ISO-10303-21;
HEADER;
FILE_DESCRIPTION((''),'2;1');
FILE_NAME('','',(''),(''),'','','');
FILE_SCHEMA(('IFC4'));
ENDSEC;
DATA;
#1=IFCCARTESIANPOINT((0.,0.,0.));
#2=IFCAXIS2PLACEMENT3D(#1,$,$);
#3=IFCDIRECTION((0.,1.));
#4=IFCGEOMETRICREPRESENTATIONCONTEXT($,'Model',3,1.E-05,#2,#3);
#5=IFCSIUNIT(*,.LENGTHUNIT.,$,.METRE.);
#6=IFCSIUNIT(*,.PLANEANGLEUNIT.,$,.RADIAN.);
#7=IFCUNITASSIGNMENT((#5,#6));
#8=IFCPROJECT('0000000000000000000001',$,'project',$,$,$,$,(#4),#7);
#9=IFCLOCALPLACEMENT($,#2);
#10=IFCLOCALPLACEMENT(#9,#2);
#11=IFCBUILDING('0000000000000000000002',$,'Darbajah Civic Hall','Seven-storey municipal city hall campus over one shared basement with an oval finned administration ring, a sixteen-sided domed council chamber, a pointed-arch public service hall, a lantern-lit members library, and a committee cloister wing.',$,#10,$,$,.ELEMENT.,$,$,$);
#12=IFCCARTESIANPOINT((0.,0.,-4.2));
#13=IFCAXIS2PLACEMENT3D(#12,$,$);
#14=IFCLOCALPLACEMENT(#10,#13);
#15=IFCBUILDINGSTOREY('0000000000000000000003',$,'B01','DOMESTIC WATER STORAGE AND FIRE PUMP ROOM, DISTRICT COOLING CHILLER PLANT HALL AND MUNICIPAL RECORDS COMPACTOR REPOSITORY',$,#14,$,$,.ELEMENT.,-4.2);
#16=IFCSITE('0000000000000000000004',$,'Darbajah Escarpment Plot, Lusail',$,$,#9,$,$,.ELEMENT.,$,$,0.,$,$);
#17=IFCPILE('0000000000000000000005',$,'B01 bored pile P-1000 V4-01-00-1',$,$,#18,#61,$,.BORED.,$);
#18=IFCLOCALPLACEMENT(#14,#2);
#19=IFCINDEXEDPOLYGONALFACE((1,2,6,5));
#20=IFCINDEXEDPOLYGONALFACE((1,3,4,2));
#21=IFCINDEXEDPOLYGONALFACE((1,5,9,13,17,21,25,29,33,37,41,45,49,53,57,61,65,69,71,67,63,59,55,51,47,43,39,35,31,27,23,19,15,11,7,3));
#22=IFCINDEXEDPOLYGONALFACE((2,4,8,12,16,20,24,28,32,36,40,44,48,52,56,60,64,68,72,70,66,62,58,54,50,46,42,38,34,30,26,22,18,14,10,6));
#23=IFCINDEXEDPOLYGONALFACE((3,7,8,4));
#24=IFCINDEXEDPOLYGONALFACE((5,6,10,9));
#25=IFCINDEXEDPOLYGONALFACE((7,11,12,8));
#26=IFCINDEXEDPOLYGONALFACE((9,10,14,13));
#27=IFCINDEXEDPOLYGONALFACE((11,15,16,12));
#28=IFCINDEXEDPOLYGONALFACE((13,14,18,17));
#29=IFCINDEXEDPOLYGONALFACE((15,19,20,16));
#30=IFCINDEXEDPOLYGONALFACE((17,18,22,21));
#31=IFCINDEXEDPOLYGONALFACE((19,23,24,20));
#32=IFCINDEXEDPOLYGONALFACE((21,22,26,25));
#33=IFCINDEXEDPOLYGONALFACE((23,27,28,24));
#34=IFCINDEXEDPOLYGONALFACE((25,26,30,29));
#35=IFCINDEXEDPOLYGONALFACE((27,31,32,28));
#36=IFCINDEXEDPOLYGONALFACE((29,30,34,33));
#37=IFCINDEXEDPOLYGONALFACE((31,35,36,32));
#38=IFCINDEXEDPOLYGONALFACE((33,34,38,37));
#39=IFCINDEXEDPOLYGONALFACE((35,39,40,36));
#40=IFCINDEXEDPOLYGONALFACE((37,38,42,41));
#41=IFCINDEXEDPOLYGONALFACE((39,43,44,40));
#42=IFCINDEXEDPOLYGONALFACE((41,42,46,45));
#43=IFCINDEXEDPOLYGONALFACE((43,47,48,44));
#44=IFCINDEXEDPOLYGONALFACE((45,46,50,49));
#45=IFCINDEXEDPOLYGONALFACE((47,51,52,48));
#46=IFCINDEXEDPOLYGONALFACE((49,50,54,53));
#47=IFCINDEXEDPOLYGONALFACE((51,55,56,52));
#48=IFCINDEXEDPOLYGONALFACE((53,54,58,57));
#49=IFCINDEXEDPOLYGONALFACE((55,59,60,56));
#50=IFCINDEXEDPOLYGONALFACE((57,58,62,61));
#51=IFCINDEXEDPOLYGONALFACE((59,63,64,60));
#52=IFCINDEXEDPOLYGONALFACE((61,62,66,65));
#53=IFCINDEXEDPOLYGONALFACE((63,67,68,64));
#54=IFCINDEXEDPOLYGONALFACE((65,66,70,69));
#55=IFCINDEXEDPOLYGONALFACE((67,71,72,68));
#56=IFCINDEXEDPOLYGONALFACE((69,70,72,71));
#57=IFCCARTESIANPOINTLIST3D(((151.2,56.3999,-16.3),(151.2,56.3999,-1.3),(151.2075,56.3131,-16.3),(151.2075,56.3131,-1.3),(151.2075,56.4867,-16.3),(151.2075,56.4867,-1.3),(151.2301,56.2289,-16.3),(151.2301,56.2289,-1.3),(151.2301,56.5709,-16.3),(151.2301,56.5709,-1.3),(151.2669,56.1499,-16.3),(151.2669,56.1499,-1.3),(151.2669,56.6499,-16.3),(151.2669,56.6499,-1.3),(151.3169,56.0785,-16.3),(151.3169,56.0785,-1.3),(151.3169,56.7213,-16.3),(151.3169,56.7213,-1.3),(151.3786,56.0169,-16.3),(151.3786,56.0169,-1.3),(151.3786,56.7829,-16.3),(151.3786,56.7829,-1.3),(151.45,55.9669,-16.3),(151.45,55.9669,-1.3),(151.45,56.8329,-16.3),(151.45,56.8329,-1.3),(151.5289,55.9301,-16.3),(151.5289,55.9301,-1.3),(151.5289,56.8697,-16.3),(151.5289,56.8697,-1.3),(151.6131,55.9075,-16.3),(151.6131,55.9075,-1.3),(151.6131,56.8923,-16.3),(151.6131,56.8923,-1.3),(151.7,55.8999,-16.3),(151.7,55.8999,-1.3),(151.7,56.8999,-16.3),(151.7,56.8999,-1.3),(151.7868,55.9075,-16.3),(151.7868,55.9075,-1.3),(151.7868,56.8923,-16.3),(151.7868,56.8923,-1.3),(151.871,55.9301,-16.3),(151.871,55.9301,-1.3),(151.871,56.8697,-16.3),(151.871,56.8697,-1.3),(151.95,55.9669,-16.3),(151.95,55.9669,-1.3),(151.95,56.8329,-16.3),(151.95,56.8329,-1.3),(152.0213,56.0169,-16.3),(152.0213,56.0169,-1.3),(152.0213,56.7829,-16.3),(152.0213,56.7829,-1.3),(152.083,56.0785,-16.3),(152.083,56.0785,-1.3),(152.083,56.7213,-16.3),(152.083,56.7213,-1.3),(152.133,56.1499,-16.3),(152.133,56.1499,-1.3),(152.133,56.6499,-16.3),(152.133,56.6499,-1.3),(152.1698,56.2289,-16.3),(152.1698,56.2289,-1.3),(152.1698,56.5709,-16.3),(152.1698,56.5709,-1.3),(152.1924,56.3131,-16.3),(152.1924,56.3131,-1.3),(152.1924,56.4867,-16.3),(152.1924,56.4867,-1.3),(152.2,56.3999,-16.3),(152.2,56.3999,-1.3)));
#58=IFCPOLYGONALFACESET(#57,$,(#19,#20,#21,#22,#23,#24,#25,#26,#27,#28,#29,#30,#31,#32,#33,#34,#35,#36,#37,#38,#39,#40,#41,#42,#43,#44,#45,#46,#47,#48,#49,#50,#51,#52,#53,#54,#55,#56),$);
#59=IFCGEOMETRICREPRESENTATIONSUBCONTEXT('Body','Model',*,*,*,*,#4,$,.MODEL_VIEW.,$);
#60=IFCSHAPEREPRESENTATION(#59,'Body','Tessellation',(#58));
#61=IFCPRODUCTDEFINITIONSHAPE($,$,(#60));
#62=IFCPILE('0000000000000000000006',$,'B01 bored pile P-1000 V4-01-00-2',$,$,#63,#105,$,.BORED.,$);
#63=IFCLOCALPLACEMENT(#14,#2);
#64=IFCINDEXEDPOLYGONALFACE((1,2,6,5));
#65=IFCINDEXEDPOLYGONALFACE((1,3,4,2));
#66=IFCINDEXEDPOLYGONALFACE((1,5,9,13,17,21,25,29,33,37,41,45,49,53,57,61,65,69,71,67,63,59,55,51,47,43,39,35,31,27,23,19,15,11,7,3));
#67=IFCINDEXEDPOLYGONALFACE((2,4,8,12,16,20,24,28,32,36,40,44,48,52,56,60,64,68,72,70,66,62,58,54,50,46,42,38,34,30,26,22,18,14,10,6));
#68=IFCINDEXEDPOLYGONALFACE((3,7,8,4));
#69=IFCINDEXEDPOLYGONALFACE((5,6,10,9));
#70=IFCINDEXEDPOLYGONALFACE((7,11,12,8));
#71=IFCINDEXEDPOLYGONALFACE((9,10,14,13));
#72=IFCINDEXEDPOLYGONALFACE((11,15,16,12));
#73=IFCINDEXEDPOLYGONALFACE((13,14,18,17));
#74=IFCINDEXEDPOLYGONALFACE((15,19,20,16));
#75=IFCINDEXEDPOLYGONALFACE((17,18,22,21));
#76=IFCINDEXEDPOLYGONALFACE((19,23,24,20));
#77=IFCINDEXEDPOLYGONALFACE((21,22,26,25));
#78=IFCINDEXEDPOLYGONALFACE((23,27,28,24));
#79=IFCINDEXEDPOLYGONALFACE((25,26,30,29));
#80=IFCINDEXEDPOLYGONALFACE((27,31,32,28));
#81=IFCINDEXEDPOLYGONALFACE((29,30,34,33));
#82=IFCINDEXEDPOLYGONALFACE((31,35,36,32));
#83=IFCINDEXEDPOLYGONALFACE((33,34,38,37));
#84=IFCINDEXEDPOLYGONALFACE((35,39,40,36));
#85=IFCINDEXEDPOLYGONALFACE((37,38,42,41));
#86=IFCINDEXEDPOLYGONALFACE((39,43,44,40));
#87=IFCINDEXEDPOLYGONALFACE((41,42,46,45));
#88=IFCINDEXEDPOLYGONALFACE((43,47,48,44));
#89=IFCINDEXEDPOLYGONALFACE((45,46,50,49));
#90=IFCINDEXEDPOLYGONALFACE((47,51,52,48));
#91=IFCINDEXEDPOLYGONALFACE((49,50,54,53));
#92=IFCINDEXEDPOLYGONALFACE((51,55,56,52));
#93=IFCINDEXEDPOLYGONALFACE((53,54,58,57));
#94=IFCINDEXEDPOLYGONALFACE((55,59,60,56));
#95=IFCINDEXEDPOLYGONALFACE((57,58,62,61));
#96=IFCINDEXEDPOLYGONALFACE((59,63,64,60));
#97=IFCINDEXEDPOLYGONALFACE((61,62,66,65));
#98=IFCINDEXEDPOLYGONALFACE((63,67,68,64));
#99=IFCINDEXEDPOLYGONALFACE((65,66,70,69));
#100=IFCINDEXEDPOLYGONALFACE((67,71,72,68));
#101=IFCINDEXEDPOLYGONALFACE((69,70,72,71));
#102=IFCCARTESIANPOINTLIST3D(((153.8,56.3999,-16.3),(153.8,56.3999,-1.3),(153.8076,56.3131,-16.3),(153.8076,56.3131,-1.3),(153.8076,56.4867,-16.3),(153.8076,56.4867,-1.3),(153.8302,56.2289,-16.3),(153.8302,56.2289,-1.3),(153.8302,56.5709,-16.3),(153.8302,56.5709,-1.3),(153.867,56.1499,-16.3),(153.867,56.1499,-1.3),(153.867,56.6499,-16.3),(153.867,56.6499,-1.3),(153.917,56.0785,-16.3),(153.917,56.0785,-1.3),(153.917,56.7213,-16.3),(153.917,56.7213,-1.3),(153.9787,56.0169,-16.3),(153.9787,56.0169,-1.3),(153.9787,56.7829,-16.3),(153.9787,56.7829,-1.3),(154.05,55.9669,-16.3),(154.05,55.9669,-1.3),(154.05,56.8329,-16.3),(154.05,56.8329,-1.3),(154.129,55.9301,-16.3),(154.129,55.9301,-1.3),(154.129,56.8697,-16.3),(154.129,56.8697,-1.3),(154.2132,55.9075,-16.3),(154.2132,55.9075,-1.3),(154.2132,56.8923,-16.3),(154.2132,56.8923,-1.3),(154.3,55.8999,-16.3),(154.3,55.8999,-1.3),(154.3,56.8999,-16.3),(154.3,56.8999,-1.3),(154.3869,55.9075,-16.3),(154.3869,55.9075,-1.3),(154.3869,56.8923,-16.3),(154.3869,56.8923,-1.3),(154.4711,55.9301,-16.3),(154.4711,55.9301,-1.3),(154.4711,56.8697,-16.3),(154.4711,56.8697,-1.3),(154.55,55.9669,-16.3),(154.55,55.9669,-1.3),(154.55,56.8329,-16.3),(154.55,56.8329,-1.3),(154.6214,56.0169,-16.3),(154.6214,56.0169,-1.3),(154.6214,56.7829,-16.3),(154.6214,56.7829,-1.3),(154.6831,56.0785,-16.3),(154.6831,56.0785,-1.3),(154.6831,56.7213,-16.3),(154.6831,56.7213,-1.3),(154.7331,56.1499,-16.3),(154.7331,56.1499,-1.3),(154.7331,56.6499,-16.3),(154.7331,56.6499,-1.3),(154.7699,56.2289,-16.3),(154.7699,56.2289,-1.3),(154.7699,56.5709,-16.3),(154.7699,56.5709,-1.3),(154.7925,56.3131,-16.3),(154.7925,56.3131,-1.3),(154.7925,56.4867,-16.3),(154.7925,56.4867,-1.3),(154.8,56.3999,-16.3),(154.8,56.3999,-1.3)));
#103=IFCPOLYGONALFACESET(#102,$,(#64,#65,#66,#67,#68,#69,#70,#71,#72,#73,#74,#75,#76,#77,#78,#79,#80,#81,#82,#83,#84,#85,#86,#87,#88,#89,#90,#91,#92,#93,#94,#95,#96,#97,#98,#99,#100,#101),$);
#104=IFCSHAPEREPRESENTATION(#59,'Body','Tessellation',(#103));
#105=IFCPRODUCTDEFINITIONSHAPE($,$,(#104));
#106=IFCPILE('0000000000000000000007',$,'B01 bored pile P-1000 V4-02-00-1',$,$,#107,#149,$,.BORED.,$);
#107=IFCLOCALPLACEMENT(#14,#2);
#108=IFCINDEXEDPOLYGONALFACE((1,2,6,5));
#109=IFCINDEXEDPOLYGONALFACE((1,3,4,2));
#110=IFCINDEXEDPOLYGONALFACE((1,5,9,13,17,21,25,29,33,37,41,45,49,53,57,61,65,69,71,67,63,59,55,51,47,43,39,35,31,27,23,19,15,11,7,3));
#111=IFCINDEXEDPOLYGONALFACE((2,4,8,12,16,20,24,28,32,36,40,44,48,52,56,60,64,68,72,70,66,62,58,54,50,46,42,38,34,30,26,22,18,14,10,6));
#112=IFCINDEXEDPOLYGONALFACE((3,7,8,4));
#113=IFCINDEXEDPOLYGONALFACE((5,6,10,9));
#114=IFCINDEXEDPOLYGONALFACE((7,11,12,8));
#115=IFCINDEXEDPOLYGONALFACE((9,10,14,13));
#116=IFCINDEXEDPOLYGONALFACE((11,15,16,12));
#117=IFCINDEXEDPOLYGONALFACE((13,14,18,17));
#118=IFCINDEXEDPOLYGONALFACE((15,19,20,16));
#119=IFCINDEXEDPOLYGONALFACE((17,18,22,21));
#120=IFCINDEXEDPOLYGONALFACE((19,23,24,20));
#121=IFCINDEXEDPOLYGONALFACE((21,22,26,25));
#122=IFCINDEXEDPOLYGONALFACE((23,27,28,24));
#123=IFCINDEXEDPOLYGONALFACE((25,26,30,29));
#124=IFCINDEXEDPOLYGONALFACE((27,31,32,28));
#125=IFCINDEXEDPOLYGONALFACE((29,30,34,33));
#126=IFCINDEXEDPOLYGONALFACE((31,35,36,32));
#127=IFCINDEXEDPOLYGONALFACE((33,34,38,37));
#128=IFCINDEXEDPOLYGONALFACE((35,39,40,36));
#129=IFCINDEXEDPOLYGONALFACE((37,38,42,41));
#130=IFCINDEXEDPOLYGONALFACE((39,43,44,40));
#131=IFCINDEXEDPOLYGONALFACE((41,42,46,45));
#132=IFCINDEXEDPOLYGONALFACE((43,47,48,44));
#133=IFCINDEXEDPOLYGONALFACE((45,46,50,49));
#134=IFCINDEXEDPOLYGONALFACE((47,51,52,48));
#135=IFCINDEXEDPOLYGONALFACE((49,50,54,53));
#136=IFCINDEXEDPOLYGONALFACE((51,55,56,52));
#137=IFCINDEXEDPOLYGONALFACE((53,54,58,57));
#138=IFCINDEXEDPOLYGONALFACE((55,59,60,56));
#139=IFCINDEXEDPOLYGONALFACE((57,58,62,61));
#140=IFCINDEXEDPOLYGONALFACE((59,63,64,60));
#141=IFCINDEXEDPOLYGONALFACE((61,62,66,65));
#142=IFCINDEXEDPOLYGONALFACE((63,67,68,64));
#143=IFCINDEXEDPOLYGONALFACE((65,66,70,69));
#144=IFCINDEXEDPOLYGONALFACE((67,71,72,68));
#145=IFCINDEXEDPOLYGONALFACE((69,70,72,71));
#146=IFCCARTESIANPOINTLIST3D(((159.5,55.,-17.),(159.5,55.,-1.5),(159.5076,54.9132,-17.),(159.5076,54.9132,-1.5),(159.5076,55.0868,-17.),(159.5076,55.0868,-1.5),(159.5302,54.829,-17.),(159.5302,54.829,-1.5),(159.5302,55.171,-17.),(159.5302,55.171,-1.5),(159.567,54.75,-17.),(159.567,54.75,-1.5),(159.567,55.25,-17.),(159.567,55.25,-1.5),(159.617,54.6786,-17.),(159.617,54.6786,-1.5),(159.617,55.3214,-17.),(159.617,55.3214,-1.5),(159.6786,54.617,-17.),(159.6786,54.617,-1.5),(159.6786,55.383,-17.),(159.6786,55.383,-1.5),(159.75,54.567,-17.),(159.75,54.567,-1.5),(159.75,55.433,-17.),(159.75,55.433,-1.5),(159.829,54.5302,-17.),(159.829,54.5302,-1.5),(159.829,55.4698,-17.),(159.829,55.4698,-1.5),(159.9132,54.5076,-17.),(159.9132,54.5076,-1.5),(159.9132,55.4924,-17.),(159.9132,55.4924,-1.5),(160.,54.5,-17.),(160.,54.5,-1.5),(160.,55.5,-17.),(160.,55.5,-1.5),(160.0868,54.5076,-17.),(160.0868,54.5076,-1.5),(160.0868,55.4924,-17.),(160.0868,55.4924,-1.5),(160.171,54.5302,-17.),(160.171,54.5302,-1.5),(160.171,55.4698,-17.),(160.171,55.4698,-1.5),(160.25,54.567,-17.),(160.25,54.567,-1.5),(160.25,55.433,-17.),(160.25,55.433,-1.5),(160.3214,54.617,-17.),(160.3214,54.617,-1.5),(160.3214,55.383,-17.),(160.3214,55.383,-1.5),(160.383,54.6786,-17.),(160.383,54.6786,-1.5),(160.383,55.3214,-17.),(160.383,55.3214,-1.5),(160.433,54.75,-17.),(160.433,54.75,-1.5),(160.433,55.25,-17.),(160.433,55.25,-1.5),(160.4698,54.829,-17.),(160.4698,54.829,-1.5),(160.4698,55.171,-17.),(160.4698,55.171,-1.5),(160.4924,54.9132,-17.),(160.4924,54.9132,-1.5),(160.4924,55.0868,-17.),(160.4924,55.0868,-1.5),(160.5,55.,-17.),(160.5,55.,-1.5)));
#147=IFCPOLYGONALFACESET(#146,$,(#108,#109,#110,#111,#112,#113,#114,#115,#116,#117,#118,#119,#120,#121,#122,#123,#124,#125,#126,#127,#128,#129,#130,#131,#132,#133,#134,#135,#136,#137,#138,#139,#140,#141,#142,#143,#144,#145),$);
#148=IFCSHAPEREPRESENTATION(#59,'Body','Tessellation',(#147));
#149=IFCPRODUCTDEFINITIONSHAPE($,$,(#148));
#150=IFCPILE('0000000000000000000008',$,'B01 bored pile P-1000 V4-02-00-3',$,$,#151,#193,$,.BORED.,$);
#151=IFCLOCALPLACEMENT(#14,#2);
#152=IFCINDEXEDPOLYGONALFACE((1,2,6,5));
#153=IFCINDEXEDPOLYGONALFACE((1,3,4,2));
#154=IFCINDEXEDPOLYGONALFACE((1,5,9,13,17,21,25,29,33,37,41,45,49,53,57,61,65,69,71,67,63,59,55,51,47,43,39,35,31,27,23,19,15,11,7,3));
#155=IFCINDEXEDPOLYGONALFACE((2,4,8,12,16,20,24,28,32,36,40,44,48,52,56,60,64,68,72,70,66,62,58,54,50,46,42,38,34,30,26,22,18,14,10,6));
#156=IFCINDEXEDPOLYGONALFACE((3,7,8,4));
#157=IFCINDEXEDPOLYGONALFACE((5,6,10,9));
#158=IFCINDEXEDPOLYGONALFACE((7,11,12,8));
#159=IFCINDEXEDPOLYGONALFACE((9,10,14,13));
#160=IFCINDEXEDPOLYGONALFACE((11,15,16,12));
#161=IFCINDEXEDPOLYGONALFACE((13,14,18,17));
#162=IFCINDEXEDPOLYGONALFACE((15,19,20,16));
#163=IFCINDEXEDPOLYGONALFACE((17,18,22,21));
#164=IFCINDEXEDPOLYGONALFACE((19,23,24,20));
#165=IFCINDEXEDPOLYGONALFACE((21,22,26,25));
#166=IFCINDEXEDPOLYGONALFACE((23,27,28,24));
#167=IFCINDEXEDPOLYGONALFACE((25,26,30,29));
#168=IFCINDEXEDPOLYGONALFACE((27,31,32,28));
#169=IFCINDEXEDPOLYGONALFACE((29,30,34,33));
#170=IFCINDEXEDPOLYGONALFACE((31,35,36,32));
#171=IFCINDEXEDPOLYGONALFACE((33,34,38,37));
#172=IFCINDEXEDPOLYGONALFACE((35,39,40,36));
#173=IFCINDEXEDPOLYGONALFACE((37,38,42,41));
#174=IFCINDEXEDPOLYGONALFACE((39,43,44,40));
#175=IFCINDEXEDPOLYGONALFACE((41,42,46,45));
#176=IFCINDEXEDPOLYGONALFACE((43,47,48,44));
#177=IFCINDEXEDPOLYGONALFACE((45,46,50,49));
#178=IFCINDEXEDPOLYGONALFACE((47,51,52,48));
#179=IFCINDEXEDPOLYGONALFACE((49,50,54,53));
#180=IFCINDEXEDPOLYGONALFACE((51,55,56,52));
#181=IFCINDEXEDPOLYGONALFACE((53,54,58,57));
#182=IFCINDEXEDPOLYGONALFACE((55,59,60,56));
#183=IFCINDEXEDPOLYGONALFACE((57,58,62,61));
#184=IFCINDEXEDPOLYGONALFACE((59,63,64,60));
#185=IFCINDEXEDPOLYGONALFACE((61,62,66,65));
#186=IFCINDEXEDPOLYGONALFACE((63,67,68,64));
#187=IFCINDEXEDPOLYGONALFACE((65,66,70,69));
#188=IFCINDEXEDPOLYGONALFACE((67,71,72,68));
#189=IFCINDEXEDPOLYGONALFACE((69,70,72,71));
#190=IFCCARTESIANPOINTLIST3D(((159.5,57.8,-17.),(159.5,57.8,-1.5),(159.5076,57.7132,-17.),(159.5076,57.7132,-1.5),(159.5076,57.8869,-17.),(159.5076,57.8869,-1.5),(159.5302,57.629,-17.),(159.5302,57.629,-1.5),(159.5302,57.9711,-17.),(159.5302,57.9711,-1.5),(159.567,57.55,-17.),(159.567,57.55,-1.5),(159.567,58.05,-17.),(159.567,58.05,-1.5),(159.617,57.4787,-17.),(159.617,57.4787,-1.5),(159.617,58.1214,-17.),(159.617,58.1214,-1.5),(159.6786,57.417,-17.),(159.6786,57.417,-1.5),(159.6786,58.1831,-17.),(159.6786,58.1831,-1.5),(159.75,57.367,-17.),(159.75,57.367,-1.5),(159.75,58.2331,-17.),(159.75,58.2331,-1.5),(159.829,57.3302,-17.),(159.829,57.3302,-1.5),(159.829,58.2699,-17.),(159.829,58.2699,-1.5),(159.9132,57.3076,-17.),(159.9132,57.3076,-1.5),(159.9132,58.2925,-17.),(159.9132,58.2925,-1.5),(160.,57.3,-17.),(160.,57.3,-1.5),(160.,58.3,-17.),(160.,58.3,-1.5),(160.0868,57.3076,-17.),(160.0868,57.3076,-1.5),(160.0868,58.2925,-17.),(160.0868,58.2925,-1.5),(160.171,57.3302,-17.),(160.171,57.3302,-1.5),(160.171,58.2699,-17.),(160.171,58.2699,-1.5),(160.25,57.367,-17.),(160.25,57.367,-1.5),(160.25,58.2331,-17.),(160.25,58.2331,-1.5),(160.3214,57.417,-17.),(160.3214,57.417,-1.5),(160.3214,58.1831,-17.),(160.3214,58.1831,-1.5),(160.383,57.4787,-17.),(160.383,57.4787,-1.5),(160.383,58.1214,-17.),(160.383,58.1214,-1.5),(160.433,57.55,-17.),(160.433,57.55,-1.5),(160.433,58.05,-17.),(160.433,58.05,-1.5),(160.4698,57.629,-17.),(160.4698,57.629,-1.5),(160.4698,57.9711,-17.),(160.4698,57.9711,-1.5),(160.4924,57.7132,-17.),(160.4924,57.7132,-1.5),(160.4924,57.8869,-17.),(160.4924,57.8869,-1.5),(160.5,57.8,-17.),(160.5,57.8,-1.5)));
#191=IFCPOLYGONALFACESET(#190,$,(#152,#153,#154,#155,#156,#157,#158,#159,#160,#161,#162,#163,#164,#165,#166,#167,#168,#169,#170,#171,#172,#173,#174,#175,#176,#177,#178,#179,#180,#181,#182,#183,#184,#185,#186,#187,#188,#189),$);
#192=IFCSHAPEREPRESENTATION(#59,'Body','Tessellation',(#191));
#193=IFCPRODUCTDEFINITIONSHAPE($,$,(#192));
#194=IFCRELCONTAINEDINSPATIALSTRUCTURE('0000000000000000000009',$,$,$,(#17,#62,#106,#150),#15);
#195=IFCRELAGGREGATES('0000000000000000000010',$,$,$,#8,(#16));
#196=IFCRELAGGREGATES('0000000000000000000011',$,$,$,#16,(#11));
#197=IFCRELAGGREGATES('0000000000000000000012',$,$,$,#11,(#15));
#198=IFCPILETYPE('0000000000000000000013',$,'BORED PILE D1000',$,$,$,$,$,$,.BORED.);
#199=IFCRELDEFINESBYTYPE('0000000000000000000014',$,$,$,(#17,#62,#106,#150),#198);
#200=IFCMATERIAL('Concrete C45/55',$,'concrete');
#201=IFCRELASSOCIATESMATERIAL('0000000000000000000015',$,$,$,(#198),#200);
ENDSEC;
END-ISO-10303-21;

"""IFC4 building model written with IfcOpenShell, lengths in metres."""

from ifc_helpers import new_model, si_unit, direction, frame, origin, origin_2d, place, context, subcontext, project, spatial, circle, extrude, material, material_profile, profile_set, type_object, element, save


model = new_model("IFC4")

# Units and contexts
model_context = context("Model", 3, precision=1e-05, world=origin(), true_north=direction((0.0, 1.0)))
body_context = subcontext(model_context, "Body", "Model", "MODEL_VIEW")
ifc_project = project(units=[si_unit("LENGTHUNIT", "METRE"), si_unit("PLANEANGLEUNIT", "RADIAN")], contexts=[model_context])

# Site, building, storey
site_placement = place(None, origin())
site = spatial("IfcSite", under=ifc_project, at=site_placement, Name="Darbajah Escarpment Plot, Lusail", CompositionType="ELEMENT", RefElevation=0.0)
building_placement = place(site_placement, origin())
building = spatial("IfcBuilding", under=site, at=building_placement, Name="Darbajah Civic Hall", Description="Seven-storey municipal city hall campus over one shared basement with an oval finned administration ring, a sixteen-sided domed council chamber, a pointed-arch public service hall, a lantern-lit members library, and a committee cloister wing.", CompositionType="ELEMENT")
storey_placement = place(building_placement, frame((0.0, 0.0, -4.2)))
storey = spatial("IfcBuildingStorey", under=building, at=storey_placement, Name="B01", Description="DOMESTIC WATER STORAGE AND FIRE PUMP ROOM, DISTRICT COOLING CHILLER PLANT HALL AND MUNICIPAL RECORDS COMPACTOR REPOSITORY", CompositionType="ELEMENT", Elevation=-4.2)

# Piles
ifc_material_1 = material(Name="Concrete C45/55", Category="concrete")
ifc_material_profile_1 = material_profile(ifc_material_1, circle(Radius=0.5, at=origin_2d()), Name="BORED PILE D1000")
ifc_profile_set_1 = profile_set([ifc_material_profile_1], Name="Concrete C45/55")
pile_type_1 = type_object("IfcPileType", Name="BORED PILE D1000", PredefinedType="BORED", material=ifc_profile_set_1)
for number, where, z_axis, x_axis, name in (
    (1, (151.7, 56.3999, -1.3), (0.0, 0.0, -1.0), (1.0, 0.0, 0.0), "B01 bored pile P-1000 V4-01-00-1"),
    (2, (154.3, 56.3999, -1.3), (0.0, 0.0, -1.0), (1.0, 0.0, 0.0), "B01 bored pile P-1000 V4-01-00-2"),
):
    element("IfcPile", number, at=place(storey_placement, frame(where, z_axis=z_axis, x_axis=x_axis)), inside=storey, type_object=pile_type_1, Name=name, PredefinedType="BORED", context=body_context, shape_type="SweptSolid", body=[
        extrude(circle(Radius=0.5, at=origin_2d()), origin(), (0.0, 0.0, 1.0), 15.0),
    ])
for number, where, z_axis, x_axis, name in (
    (3, (160.0, 55.0, -1.5), (0.0, 0.0, -1.0), (1.0, 0.0, 0.0), "B01 bored pile P-1000 V4-02-00-1"),
    (4, (160.0, 57.8, -1.5), (0.0, 0.0, -1.0), (1.0, 0.0, 0.0), "B01 bored pile P-1000 V4-02-00-3"),
):
    element("IfcPile", number, at=place(storey_placement, frame(where, z_axis=z_axis, x_axis=x_axis)), inside=storey, type_object=pile_type_1, Name=name, PredefinedType="BORED", context=body_context, shape_type="SweptSolid", body=[
        extrude(circle(Radius=0.5, at=origin_2d()), origin(), (0.0, 0.0, 1.0), 15.5),
    ])

save(model, "model.ifc")
